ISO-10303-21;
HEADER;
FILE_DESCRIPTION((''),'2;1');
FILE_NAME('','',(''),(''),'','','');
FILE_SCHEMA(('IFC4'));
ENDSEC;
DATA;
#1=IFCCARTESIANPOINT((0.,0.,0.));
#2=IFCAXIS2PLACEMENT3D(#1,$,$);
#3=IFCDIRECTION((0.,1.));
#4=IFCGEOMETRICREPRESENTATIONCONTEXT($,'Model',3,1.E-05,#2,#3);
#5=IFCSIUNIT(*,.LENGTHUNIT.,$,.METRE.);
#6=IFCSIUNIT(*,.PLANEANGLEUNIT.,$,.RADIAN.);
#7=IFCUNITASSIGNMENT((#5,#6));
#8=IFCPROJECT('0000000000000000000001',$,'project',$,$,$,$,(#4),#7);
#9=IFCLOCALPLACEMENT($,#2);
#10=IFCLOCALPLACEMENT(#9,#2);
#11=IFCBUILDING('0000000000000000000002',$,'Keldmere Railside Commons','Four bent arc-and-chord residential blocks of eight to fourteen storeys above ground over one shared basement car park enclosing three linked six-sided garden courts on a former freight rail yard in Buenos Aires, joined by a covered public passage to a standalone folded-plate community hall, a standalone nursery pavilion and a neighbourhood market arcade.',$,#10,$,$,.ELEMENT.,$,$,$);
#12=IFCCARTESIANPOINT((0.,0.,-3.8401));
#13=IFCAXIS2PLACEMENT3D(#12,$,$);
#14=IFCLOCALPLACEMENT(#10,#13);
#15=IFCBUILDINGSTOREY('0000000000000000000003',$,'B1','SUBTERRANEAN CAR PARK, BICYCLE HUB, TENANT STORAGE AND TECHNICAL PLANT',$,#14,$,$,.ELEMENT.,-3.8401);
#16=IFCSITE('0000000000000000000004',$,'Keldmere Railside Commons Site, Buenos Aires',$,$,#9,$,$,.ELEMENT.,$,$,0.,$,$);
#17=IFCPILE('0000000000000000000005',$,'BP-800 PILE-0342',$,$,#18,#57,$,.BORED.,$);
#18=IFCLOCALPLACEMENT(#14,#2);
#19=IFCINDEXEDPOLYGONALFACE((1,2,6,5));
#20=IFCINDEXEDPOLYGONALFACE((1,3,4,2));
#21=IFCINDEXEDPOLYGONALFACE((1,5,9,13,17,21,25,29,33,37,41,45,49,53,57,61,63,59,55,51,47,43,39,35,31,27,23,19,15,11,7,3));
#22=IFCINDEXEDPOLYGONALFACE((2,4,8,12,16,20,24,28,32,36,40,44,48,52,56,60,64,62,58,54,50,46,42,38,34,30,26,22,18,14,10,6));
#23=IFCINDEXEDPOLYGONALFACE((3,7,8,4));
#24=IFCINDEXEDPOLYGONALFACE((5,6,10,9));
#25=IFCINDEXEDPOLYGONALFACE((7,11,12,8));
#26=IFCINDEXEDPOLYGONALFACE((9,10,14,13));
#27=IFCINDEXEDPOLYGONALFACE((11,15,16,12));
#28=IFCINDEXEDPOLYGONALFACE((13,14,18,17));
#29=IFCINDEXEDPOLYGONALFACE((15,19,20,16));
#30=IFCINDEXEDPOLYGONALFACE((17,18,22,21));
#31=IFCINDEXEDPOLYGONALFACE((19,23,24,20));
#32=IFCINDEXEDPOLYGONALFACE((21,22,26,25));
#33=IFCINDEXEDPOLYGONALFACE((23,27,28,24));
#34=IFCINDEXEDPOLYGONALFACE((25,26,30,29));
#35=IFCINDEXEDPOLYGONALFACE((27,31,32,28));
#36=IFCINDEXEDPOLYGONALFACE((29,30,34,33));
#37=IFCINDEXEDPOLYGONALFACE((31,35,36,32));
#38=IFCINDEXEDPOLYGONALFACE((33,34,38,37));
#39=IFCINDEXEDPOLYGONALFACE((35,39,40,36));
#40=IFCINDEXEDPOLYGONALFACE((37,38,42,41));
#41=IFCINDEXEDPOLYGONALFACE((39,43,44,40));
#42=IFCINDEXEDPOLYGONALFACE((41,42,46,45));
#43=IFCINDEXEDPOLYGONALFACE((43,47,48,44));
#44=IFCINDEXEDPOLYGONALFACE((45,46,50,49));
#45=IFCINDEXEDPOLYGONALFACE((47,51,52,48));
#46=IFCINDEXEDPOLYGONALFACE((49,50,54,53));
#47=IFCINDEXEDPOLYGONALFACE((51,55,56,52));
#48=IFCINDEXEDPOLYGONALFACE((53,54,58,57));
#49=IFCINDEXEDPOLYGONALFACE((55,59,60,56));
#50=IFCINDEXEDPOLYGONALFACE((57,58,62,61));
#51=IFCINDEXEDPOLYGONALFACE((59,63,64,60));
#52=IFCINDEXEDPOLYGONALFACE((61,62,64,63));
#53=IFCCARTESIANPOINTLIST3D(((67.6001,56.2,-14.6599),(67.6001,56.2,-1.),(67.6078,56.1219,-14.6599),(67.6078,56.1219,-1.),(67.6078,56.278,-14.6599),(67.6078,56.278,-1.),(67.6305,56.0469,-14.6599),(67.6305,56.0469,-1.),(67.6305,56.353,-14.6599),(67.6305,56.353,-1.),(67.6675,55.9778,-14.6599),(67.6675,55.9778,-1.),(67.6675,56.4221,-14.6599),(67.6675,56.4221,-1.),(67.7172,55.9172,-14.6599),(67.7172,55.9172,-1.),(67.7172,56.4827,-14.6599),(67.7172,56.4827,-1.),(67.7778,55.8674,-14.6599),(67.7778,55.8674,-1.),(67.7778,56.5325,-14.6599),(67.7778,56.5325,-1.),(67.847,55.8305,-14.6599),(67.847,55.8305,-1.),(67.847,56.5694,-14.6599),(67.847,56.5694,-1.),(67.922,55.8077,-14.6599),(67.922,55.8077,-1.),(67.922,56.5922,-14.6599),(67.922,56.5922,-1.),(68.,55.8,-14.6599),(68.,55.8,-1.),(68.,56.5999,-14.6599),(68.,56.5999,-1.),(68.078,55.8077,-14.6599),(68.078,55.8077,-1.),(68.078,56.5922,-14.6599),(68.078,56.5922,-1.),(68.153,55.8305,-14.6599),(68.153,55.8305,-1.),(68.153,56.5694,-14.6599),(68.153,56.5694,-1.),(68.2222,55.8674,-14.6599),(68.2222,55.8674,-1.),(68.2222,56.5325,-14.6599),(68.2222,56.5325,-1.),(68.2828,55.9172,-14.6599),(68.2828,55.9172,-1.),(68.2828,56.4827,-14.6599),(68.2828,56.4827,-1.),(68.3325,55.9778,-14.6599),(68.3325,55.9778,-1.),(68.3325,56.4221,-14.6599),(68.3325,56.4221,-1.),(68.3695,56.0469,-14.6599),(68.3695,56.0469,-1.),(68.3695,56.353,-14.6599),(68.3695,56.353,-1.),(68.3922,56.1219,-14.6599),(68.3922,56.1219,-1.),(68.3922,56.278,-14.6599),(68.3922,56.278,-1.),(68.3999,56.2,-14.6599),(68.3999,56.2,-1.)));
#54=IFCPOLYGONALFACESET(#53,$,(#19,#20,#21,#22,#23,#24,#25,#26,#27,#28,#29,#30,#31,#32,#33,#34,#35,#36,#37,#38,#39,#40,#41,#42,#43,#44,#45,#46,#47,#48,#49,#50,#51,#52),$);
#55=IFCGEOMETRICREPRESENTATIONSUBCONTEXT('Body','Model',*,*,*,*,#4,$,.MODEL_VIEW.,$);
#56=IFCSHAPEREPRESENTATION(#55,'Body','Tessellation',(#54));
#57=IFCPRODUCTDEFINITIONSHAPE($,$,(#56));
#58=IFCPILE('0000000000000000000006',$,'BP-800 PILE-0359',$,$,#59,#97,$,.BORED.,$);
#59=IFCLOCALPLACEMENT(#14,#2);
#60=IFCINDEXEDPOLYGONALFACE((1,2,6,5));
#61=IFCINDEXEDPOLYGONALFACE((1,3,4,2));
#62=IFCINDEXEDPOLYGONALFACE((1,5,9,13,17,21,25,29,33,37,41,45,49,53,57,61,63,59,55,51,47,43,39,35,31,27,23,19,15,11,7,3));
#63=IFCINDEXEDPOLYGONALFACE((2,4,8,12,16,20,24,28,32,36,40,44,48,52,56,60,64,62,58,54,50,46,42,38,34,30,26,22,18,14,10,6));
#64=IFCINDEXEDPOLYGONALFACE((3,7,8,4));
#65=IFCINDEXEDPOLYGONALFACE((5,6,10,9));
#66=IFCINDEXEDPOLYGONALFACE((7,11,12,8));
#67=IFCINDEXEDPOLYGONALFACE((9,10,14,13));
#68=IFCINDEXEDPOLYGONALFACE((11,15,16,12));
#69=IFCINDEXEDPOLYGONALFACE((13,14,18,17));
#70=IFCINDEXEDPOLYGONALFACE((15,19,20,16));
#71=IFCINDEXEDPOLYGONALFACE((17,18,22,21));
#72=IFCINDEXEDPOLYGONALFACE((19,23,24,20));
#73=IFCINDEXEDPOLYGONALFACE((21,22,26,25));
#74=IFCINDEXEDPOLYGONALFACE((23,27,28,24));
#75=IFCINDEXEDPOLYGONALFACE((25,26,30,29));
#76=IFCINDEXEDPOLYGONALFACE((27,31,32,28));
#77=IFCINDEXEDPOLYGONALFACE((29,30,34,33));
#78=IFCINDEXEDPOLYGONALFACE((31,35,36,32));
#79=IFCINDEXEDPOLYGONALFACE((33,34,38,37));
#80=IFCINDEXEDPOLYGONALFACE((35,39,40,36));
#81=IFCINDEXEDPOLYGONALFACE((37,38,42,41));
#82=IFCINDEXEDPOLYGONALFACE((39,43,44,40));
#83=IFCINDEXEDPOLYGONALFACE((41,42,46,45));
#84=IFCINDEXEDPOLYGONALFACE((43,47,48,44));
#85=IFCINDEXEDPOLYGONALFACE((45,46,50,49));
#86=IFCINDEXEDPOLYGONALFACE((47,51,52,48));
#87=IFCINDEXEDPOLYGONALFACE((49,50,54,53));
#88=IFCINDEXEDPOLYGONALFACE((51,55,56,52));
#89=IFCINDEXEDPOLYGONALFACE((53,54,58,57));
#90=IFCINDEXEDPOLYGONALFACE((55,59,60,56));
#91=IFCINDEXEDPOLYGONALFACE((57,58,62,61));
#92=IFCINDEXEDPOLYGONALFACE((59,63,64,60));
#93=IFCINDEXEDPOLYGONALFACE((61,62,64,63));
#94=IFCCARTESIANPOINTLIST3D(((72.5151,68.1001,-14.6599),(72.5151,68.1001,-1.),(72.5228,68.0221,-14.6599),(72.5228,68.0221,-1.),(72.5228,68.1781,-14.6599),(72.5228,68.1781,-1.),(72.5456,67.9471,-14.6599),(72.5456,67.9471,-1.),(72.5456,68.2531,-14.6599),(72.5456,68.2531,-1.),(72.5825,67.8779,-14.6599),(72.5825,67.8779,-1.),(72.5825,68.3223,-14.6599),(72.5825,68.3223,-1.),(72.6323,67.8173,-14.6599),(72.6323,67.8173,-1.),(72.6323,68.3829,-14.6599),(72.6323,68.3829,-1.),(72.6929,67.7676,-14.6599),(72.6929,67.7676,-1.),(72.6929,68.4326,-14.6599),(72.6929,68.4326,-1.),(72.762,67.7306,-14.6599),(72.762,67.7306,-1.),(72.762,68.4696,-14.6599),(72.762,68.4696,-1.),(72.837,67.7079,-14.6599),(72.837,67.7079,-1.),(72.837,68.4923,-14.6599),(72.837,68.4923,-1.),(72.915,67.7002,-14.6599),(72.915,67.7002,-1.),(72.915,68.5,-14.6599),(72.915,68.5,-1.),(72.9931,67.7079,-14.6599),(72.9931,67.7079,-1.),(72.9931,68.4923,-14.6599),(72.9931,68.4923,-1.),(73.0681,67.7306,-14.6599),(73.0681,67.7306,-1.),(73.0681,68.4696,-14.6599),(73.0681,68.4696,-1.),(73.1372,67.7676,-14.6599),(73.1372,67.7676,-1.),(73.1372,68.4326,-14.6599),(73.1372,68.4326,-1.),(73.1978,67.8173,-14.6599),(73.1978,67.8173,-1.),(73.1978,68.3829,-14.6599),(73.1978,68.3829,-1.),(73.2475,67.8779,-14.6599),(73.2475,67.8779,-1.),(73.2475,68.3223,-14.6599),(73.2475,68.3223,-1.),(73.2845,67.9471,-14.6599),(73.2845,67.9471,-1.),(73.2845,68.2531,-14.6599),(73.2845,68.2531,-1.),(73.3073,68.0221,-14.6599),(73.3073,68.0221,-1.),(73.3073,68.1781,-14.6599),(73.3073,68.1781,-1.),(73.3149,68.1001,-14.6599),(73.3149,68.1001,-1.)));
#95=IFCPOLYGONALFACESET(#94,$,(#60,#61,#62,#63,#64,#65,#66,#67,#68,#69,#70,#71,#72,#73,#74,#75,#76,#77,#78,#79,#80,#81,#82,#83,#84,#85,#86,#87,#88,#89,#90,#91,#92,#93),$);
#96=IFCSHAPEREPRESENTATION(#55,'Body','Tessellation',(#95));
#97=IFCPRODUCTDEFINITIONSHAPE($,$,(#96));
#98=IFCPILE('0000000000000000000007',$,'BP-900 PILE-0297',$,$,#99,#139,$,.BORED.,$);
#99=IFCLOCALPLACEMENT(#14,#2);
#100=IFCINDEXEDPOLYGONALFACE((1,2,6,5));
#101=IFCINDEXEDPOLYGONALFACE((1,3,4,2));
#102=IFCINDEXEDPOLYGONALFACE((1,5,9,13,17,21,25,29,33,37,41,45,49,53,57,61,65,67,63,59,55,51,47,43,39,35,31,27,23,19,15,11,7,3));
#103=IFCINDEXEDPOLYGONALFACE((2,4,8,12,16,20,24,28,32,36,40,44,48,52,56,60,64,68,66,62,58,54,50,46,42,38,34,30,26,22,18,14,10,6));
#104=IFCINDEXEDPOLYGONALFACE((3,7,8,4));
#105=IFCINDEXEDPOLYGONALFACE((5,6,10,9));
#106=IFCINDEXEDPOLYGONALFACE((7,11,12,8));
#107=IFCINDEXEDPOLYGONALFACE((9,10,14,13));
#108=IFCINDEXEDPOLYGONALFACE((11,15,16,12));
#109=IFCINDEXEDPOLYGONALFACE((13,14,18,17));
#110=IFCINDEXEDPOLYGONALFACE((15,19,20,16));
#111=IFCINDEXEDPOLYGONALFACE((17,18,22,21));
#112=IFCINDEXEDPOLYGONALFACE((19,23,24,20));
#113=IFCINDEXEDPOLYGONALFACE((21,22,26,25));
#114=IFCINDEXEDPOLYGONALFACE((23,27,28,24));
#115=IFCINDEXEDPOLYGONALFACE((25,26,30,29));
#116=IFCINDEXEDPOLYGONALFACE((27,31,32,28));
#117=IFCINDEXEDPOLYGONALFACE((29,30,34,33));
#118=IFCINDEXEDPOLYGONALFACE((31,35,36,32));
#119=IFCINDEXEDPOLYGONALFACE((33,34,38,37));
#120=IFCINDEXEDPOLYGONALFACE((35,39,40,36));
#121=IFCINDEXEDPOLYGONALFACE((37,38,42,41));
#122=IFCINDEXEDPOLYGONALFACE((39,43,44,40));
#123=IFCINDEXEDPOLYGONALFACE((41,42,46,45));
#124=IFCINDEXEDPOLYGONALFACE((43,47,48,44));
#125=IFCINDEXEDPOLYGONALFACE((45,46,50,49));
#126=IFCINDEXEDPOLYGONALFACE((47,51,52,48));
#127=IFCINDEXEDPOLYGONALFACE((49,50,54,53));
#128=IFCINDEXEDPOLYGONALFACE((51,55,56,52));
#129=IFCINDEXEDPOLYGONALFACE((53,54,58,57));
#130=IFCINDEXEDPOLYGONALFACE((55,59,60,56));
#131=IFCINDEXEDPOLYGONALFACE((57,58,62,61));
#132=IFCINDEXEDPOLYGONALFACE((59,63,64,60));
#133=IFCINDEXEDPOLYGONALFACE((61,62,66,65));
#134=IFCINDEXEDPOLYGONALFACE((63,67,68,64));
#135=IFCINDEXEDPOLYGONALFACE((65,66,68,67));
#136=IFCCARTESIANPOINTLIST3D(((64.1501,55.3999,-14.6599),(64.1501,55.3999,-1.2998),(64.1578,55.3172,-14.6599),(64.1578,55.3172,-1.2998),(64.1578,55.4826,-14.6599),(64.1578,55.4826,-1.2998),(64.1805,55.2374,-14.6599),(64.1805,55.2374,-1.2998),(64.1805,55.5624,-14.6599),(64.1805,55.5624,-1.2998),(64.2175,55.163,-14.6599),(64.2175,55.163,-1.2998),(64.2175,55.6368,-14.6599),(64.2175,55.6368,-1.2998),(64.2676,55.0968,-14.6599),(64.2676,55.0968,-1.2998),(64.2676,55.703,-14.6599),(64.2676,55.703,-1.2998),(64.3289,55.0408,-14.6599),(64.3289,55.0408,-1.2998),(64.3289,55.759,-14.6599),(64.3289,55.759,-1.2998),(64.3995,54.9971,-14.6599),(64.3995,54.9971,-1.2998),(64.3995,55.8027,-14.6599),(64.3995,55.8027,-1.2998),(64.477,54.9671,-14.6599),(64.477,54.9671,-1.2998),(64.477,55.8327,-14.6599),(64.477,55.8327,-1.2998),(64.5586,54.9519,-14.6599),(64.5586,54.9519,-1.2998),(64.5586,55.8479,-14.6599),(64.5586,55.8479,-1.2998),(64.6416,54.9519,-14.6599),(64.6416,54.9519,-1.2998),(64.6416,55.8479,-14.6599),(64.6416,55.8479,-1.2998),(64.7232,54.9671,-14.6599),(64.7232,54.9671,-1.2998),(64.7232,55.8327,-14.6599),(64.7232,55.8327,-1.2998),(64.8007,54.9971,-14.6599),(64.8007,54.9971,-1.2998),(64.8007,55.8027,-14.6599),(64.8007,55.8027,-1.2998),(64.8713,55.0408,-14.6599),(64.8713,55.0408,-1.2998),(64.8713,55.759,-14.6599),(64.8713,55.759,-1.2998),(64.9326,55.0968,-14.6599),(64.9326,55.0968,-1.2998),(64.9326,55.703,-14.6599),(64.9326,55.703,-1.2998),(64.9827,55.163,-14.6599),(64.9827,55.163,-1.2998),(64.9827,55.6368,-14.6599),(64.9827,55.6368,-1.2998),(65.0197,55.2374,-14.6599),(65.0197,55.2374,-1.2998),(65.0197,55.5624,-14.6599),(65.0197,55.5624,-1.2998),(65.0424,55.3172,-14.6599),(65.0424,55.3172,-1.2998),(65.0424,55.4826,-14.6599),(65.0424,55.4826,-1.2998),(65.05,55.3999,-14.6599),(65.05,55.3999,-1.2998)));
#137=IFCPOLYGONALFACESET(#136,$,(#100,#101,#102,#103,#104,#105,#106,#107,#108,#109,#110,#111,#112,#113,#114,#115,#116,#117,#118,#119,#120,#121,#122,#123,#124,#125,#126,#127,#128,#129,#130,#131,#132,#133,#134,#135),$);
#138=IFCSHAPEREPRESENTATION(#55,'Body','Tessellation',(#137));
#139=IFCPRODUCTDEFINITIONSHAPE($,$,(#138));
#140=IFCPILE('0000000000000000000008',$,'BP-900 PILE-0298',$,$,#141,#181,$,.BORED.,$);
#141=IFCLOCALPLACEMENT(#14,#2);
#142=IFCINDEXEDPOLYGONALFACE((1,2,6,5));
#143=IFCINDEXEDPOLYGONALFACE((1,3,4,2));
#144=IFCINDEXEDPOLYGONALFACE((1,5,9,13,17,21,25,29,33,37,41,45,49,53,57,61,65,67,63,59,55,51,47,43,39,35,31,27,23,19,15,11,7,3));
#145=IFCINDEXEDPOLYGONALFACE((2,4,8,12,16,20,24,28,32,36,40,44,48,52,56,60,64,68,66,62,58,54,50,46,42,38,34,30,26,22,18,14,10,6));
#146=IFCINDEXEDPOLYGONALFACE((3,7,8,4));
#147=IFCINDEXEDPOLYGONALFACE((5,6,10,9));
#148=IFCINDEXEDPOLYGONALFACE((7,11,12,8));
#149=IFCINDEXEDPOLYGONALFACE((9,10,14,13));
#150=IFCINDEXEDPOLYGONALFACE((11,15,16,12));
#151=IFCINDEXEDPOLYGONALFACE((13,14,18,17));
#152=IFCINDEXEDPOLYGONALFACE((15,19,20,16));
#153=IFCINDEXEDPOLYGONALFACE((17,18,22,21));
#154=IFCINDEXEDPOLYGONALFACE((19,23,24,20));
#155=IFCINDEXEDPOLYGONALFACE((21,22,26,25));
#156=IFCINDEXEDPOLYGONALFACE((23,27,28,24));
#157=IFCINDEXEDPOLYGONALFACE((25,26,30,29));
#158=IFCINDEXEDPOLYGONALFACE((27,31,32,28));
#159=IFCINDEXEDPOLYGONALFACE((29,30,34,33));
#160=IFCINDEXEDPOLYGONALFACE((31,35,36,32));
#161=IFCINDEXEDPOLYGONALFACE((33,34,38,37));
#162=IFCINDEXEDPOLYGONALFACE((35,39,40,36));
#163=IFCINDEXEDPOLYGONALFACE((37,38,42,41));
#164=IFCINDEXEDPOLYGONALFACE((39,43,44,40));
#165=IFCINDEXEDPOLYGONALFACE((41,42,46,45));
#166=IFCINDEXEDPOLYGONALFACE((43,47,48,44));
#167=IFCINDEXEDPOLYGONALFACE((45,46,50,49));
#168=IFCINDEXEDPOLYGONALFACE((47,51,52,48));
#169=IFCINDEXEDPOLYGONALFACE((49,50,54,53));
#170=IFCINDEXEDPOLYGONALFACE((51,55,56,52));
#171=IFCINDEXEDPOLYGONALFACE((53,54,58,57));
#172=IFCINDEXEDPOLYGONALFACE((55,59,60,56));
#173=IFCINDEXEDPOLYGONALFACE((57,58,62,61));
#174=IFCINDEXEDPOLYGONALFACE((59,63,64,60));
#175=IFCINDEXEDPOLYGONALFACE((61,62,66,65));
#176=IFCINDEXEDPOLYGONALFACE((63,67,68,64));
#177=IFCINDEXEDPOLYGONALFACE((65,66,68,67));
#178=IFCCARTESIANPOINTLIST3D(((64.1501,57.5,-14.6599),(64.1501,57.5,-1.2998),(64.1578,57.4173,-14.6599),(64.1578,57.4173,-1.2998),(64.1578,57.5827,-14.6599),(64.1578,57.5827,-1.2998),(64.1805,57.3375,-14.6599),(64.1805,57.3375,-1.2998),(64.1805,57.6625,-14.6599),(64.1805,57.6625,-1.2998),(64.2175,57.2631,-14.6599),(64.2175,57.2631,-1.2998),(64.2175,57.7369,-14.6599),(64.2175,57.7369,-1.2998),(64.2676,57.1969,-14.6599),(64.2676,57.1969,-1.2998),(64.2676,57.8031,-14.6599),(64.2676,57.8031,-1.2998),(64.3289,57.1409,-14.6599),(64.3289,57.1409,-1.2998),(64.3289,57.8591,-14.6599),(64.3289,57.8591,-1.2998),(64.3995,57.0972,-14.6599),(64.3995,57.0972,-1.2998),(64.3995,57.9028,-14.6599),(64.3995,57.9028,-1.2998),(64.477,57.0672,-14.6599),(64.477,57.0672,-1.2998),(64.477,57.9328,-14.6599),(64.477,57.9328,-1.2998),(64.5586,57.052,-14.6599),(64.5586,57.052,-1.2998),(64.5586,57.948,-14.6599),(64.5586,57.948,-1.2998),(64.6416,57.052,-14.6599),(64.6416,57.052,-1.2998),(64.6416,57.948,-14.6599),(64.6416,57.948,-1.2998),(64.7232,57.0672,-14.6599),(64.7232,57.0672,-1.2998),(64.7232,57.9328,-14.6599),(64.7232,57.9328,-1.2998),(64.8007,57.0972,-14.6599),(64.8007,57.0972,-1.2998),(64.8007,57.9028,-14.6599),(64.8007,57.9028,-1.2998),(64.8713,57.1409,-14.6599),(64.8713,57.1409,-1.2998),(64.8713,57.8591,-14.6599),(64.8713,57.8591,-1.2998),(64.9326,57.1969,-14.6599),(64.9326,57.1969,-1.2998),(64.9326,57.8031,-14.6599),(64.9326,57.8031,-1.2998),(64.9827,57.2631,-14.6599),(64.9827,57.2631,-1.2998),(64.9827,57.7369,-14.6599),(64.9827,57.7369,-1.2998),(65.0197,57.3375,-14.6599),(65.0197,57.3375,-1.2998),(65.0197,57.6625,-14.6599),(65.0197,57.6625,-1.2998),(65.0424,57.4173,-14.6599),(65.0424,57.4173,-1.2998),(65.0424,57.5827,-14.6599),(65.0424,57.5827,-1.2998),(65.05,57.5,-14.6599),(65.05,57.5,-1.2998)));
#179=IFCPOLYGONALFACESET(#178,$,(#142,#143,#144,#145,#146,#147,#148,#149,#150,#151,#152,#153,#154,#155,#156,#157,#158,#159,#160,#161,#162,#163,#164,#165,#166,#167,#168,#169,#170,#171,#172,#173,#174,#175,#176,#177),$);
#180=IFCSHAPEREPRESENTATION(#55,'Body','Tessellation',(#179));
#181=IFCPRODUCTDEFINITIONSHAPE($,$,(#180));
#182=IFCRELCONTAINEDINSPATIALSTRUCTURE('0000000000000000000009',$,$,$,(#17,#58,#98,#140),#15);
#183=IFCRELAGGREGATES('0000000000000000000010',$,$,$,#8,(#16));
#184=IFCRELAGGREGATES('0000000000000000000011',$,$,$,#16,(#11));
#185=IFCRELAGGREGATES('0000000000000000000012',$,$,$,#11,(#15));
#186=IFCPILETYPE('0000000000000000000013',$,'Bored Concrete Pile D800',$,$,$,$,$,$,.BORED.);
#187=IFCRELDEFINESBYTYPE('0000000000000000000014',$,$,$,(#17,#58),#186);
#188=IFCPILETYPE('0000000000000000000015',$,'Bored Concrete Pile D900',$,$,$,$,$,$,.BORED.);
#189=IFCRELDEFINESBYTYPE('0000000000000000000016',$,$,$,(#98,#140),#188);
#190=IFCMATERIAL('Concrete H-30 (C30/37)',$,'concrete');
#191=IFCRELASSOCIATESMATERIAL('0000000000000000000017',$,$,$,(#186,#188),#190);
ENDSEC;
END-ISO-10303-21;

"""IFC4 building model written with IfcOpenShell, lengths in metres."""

from ifc_helpers import new_model, si_unit, direction, frame, origin, origin_2d, place, context, subcontext, project, spatial, circle, extrude, material, material_profile, profile_set, type_object, element, save


model = new_model("IFC4")

# Units and contexts
model_context = context("Model", 3, precision=1e-05, world=origin(), true_north=direction((0.0, 1.0)))
body_context = subcontext(model_context, "Body", "Model", "MODEL_VIEW")
ifc_project = project(units=[si_unit("LENGTHUNIT", "METRE"), si_unit("PLANEANGLEUNIT", "RADIAN")], contexts=[model_context])

# Site, building, storey
site_placement = place(None, origin())
site = spatial("IfcSite", under=ifc_project, at=site_placement, Name="Keldmere Railside Commons Site, Buenos Aires", CompositionType="ELEMENT", RefElevation=0.0)
building_placement = place(site_placement, origin())
building = spatial("IfcBuilding", under=site, at=building_placement, Name="Keldmere Railside Commons", Description="Four bent arc-and-chord residential blocks of eight to fourteen storeys above ground over one shared basement car park enclosing three linked six-sided garden courts on a former freight rail yard in Buenos Aires, joined by a covered public passage to a standalone folded-plate community hall, a standalone nursery pavilion and a neighbourhood market arcade.", CompositionType="ELEMENT")
storey_placement = place(building_placement, frame((0.0, 0.0, -3.8401)))
storey = spatial("IfcBuildingStorey", under=building, at=storey_placement, Name="B1", Description="SUBTERRANEAN CAR PARK, BICYCLE HUB, TENANT STORAGE AND TECHNICAL PLANT", CompositionType="ELEMENT", Elevation=-3.8401)

# Piles
ifc_material_1 = material(Name="Concrete H-30 (C30/37)", Category="concrete")
ifc_material_profile_1 = material_profile(ifc_material_1, circle(Radius=0.3999, at=origin_2d()), Name="PILE-D800")
ifc_profile_set_1 = profile_set([ifc_material_profile_1], Name="Concrete H-30 (C30/37)")
pile_type_1 = type_object("IfcPileType", Name="Bored Concrete Pile D800", PredefinedType="BORED", material=ifc_profile_set_1)
for number, where, z_axis, x_axis, name in (
    (1, (68.0, 56.2, -1.0), (0.0, 0.0, -1.0), (1.0, 0.0, 0.0), "BP-800 PILE-0342"),
    (2, (72.915, 68.1001, -1.0), (0.0, 0.0, -1.0), (1.0, 0.0, 0.0), "BP-800 PILE-0359"),
):
    element("IfcPile", number, at=place(storey_placement, frame(where, z_axis=z_axis, x_axis=x_axis)), inside=storey, type_object=pile_type_1, Name=name, PredefinedType="BORED", context=body_context, shape_type="SweptSolid", body=[
        extrude(circle(Radius=0.3999, at=origin_2d()), origin(), (0.0, 0.0, 1.0), 13.6599),
    ])
ifc_material_profile_2 = material_profile(ifc_material_1, circle(Radius=0.45, at=origin_2d()), Name="PILE-D900")
ifc_profile_set_2 = profile_set([ifc_material_profile_2], Name="Concrete H-30 (C30/37)")
pile_type_2 = type_object("IfcPileType", Name="Bored Concrete Pile D900", PredefinedType="BORED", material=ifc_profile_set_2)
for number, where, z_axis, x_axis, name in (
    (3, (64.6001, 55.3999, -1.2998), (0.0, 0.0, -1.0), (1.0, 0.0, 0.0), "BP-900 PILE-0297"),
    (4, (64.6001, 57.5, -1.2998), (0.0, 0.0, -1.0), (1.0, 0.0, 0.0), "BP-900 PILE-0298"),
):
    element("IfcPile", number, at=place(storey_placement, frame(where, z_axis=z_axis, x_axis=x_axis)), inside=storey, type_object=pile_type_2, Name=name, PredefinedType="BORED", context=body_context, shape_type="SweptSolid", body=[
        extrude(circle(Radius=0.45, at=origin_2d()), origin(), (0.0, 0.0, 1.0), 13.3601),
    ])

save(model, "model.ifc")
